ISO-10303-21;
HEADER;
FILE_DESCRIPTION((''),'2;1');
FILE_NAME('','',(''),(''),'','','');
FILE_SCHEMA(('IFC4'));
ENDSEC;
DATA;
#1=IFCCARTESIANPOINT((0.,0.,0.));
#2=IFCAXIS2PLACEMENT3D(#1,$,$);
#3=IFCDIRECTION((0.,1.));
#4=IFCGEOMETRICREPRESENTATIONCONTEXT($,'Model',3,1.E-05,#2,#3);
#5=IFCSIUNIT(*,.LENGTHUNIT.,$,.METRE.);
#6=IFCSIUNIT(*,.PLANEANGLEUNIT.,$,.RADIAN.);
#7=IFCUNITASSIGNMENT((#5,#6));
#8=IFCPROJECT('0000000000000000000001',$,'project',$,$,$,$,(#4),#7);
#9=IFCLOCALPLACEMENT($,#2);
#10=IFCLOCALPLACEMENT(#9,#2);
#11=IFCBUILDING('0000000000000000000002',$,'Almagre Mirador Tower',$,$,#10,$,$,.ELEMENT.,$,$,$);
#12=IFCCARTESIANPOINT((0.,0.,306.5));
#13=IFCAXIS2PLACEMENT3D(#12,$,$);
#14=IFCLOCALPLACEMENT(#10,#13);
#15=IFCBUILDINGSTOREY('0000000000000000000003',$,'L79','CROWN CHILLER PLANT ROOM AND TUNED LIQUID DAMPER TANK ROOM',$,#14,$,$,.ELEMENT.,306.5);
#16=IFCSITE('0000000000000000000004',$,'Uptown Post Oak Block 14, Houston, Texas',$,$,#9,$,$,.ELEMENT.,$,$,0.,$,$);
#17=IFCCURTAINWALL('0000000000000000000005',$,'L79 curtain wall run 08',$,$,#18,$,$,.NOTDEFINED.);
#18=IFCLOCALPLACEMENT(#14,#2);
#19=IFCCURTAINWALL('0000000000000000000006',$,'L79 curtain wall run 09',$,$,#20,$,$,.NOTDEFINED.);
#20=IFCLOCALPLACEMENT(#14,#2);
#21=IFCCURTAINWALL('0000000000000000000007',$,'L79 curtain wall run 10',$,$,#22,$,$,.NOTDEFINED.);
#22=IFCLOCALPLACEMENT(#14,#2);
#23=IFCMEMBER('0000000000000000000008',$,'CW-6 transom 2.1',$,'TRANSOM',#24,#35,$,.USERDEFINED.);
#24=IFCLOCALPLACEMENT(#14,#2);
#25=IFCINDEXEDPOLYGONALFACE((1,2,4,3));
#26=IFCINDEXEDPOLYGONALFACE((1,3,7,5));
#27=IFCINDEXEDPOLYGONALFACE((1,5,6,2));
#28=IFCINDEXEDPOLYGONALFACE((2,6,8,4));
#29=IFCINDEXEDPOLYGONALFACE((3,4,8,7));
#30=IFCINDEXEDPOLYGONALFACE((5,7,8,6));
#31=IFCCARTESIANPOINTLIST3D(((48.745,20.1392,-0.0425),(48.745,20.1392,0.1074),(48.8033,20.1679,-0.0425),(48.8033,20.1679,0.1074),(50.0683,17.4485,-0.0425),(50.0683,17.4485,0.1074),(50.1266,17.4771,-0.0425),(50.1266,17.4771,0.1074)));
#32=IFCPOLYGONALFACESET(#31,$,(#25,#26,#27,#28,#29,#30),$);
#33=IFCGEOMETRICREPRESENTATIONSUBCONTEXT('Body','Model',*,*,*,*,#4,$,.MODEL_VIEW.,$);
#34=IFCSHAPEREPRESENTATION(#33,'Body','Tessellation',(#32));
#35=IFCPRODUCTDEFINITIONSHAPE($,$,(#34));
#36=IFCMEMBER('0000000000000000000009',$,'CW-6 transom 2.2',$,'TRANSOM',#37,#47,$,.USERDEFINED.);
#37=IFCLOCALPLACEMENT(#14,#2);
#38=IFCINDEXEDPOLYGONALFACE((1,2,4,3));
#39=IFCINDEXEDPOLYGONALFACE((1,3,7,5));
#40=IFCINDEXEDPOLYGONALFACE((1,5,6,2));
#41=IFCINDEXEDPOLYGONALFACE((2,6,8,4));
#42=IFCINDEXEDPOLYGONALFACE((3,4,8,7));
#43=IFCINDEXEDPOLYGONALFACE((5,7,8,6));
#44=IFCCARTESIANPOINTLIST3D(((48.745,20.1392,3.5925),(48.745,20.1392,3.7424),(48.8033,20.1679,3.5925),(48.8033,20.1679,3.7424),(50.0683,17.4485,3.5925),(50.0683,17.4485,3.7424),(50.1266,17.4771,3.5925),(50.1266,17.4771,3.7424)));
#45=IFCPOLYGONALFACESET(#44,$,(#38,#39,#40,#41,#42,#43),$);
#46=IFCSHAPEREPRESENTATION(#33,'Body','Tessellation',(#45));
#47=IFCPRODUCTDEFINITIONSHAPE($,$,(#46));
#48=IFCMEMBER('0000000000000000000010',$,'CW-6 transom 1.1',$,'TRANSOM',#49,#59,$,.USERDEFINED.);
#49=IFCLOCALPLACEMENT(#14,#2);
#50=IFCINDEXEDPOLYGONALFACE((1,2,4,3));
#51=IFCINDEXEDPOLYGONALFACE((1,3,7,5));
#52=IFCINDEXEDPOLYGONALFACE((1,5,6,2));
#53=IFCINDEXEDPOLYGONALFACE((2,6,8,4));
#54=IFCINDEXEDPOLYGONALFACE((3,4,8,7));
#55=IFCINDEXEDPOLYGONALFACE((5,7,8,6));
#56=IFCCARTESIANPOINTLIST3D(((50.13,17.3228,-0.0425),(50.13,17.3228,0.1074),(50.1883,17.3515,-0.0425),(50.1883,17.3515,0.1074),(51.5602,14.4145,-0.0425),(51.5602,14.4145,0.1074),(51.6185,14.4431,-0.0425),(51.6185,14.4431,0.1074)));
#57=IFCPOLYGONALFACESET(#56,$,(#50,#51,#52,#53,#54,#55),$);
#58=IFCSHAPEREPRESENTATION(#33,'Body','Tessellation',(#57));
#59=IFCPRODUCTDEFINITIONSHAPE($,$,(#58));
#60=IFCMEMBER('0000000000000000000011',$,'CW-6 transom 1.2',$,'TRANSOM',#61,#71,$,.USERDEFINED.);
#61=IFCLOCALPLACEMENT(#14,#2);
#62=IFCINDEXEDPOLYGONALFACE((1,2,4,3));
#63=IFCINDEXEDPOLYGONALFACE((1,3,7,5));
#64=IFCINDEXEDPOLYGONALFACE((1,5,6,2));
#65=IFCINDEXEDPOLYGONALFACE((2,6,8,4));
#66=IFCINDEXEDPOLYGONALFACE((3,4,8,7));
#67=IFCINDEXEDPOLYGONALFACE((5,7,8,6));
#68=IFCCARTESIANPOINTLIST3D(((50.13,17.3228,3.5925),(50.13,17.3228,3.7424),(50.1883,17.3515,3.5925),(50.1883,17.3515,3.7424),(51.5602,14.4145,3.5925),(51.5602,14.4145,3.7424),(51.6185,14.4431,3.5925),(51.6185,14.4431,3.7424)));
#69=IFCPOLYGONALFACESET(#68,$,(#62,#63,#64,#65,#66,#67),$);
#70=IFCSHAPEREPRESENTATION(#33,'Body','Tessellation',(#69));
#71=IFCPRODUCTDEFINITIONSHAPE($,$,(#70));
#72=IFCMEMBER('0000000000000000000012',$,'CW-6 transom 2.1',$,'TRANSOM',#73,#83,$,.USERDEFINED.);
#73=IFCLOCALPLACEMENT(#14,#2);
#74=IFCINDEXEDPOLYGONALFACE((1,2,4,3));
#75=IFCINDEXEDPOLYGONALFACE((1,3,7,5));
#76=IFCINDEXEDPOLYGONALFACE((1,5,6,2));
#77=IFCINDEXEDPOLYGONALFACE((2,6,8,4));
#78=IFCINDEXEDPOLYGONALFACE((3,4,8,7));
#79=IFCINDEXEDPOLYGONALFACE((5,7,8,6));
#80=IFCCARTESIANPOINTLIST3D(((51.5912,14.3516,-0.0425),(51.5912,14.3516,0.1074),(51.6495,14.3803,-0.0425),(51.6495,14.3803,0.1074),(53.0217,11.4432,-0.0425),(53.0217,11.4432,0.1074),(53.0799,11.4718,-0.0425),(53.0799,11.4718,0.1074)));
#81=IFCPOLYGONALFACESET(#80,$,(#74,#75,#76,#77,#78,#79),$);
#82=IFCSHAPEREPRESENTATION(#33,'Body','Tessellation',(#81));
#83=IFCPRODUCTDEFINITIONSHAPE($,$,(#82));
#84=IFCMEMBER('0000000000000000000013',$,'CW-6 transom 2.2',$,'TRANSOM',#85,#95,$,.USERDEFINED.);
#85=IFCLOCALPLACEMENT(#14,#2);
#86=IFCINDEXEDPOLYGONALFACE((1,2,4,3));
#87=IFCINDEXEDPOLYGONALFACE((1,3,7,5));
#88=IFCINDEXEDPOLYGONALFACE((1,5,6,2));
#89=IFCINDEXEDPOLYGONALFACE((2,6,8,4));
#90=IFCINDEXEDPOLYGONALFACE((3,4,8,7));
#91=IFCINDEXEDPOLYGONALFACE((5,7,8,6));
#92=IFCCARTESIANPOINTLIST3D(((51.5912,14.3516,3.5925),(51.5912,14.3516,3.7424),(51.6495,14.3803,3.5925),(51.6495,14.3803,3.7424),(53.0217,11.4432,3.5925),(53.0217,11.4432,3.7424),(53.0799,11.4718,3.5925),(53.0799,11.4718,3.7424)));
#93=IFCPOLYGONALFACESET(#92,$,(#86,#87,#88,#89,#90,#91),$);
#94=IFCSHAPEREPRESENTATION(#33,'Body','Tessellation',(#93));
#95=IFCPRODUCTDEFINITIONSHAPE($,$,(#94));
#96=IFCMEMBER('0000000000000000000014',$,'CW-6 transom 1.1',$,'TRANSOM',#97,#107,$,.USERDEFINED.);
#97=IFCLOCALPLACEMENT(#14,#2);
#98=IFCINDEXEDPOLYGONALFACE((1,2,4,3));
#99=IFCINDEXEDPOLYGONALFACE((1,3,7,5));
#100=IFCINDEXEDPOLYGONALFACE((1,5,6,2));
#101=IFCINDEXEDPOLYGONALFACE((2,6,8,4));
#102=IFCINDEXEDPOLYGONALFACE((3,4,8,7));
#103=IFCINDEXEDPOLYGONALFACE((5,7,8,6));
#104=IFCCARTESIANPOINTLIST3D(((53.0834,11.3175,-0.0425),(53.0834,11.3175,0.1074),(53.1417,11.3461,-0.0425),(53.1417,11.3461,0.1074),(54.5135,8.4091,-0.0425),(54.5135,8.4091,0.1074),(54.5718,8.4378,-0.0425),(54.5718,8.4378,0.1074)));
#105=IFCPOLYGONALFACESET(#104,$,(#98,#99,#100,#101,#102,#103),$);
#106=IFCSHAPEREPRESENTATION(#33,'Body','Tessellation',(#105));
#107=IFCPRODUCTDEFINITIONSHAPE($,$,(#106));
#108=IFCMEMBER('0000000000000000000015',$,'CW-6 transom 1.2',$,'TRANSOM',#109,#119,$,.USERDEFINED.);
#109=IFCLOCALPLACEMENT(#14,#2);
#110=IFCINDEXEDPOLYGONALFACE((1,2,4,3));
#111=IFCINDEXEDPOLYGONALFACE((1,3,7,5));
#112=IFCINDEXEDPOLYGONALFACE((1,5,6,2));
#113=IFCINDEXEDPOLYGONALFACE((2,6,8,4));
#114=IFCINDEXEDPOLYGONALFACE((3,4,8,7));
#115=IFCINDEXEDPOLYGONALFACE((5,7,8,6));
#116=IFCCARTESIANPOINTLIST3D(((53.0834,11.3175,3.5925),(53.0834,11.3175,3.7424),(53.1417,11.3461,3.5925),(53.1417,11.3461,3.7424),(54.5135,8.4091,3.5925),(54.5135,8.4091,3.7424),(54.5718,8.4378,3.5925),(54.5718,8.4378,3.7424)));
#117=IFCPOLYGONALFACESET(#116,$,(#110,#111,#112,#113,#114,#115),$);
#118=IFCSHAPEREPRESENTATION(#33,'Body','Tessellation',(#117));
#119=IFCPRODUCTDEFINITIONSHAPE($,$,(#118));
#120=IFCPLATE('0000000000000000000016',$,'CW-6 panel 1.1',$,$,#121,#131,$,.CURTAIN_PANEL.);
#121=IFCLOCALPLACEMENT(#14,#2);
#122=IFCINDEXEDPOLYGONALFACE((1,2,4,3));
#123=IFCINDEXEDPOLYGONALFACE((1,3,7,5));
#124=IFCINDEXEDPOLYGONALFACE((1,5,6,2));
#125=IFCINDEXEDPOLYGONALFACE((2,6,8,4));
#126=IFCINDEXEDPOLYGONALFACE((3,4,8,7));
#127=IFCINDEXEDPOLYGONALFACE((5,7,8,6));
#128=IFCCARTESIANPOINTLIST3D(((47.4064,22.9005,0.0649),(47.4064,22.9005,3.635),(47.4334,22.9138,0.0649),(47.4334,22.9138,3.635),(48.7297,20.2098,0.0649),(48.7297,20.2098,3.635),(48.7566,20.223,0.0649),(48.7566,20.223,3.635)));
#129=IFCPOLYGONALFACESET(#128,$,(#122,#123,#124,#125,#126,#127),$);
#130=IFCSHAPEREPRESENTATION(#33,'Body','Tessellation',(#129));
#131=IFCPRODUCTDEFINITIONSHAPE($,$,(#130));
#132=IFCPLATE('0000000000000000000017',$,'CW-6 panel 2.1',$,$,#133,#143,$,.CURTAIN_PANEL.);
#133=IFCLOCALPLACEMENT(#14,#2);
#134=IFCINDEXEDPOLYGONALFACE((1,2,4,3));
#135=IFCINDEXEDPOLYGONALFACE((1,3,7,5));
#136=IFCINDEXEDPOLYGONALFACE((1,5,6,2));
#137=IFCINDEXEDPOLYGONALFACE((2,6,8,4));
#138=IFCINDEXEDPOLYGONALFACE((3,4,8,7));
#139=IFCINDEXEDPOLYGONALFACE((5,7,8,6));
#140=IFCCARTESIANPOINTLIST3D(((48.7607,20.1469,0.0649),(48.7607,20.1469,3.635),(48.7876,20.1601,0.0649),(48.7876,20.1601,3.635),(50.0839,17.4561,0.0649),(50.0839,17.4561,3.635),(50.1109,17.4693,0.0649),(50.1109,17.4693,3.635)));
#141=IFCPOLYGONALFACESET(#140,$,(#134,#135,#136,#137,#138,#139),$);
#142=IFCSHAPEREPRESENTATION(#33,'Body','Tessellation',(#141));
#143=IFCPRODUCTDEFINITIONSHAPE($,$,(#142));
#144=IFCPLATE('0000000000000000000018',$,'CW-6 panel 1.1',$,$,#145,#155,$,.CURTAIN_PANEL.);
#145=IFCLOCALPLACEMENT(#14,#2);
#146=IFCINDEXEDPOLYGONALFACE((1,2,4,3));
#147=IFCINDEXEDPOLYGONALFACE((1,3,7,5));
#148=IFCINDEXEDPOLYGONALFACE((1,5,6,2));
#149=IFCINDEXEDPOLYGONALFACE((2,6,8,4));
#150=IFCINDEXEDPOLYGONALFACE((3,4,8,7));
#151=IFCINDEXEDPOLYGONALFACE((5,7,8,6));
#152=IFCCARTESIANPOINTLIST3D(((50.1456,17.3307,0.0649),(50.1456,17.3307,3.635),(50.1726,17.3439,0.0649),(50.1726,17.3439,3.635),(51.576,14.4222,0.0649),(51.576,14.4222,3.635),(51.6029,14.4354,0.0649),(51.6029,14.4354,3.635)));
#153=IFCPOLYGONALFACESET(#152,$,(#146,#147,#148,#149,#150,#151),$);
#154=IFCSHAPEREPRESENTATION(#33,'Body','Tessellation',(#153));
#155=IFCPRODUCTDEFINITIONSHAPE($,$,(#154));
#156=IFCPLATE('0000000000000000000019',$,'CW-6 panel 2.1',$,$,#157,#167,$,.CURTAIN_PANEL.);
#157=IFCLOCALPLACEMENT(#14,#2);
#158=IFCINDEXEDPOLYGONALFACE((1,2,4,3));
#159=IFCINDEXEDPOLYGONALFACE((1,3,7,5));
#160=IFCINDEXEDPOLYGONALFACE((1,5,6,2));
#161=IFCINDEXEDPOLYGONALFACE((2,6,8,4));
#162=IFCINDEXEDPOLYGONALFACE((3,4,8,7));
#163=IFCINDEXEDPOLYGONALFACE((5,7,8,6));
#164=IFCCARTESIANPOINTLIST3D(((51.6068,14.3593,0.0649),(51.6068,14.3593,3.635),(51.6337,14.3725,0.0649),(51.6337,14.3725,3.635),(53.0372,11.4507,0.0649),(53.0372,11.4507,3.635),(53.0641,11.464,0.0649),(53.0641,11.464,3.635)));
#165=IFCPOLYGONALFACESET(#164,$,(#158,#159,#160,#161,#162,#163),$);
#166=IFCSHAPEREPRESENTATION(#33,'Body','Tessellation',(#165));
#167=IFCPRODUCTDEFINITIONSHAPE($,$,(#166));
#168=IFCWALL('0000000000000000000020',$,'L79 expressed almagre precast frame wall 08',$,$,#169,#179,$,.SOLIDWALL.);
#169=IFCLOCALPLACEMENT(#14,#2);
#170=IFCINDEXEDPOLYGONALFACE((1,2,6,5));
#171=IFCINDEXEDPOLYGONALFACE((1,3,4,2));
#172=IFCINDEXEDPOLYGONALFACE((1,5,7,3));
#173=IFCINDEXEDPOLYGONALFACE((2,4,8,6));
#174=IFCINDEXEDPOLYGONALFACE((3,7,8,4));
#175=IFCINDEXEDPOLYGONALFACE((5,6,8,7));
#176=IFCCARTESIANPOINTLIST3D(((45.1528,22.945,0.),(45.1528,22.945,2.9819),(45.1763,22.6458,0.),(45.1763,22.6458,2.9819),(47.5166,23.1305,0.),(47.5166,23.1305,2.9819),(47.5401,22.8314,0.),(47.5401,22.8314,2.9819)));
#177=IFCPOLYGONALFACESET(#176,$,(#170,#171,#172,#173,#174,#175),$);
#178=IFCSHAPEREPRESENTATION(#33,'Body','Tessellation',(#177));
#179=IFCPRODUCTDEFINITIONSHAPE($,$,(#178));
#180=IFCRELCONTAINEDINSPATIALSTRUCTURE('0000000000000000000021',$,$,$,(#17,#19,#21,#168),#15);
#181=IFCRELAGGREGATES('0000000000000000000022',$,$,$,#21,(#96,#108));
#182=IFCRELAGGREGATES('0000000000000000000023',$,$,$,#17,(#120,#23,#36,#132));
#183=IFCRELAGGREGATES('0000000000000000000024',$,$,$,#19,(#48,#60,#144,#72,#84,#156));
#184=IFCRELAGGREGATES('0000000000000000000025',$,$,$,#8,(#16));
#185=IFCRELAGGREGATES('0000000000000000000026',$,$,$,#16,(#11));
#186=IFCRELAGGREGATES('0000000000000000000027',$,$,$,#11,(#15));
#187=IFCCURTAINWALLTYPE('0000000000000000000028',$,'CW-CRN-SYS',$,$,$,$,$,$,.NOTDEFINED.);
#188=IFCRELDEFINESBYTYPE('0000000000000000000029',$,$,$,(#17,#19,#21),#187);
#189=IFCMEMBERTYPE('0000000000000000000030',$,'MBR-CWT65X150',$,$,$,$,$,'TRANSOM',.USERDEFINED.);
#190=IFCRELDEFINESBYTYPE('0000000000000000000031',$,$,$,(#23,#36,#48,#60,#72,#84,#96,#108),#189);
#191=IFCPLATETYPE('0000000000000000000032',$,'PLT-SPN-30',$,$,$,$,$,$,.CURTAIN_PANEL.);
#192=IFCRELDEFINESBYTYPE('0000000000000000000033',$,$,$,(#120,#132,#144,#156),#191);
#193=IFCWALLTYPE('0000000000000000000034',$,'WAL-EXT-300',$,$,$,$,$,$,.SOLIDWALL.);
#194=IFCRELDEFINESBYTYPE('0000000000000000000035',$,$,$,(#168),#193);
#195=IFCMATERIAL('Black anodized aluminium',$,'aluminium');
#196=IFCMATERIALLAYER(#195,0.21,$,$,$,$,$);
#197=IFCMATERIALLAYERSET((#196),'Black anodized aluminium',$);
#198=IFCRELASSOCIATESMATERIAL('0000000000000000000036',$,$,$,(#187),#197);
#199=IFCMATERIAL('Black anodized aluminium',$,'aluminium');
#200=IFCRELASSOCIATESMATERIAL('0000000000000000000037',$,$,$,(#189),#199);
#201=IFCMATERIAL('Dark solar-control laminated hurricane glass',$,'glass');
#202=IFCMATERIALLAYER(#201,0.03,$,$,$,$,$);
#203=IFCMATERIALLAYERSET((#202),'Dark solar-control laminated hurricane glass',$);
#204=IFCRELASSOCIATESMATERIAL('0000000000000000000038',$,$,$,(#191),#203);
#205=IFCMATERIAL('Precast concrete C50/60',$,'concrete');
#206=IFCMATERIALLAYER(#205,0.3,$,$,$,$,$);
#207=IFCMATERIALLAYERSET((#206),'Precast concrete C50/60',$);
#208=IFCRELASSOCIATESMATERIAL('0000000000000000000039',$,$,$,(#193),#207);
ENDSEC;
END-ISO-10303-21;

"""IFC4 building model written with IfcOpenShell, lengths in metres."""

from ifc_helpers import new_model, si_unit, direction, frame, frame_2d, origin, origin_2d, place, context, subcontext, project, spatial, rectangle, extrude, material, layer, layer_set, material_profile, profile_set, type_object, element, aggregate, save


model = new_model("IFC4")

# Units and contexts
model_context = context("Model", 3, precision=1e-05, world=origin(), true_north=direction((0.0, 1.0)))
body_context = subcontext(model_context, "Body", "Model", "MODEL_VIEW")
ifc_project = project(units=[si_unit("LENGTHUNIT", "METRE"), si_unit("PLANEANGLEUNIT", "RADIAN")], contexts=[model_context])

# Site, building, storey
site_placement = place(None, origin())
site = spatial("IfcSite", under=ifc_project, at=site_placement, Name="Uptown Post Oak Block 14, Houston, Texas", CompositionType="ELEMENT", RefElevation=0.0)
building_placement = place(site_placement, origin())
building = spatial("IfcBuilding", under=site, at=building_placement, Name="Almagre Mirador Tower", CompositionType="ELEMENT")
storey_placement = place(building_placement, frame((0.0, 0.0, 306.5)))
storey = spatial("IfcBuildingStorey", under=building, at=storey_placement, Name="L79", Description="CROWN CHILLER PLANT ROOM AND TUNED LIQUID DAMPER TANK ROOM", CompositionType="ELEMENT", Elevation=306.5)

# Curtain walls
ifc_material_1 = material(Name="Black anodized aluminium", Category="aluminium")
ifc_layer_1 = layer(ifc_material_1, 0.21)
ifc_layer_set_1 = layer_set([ifc_layer_1], Name="Black anodized aluminium")
curtain_wall_type = type_object("IfcCurtainWallType", Name="CW-CRN-SYS", PredefinedType="NOTDEFINED", material=ifc_layer_set_1)
curtain_wall_1_placement = place(storey_placement, origin())
curtain_wall_1 = element("IfcCurtainWall", 1, at=curtain_wall_1_placement, inside=storey, type_object=curtain_wall_type, Name="L79 curtain wall run 08", PredefinedType="NOTDEFINED")
curtain_wall_2_placement = place(storey_placement, origin())
curtain_wall_2 = element("IfcCurtainWall", 2, at=curtain_wall_2_placement, inside=storey, type_object=curtain_wall_type, Name="L79 curtain wall run 09", PredefinedType="NOTDEFINED")

# Curtain wall
curtain_wall_3_placement = place(storey_placement, origin())
curtain_wall_3 = element("IfcCurtainWall", 3, at=curtain_wall_3_placement, inside=storey, type_object=curtain_wall_type, Name="L79 curtain wall run 10", PredefinedType="NOTDEFINED")

# Members
ifc_material_2 = material(Name="Black anodized aluminium", Category="aluminium")
ifc_material_profile_1 = material_profile(ifc_material_2, rectangle(XDim=0.0649, YDim=0.1499, at=origin_2d()), Name="CWT65X150")
ifc_profile_set_1 = profile_set([ifc_material_profile_1], Name="Black anodized aluminium")
member_type_1 = type_object("IfcMemberType", Name="MBR-CWT65X150", ElementType="TRANSOM", PredefinedType="USERDEFINED", material=ifc_profile_set_1)
member_1_placement = place(storey_placement, frame((48.7742, 20.1536, 0.0325), z_axis=(0.441309, -0.897355, 0.0), x_axis=(0.897355, 0.441309, 0.0)))
member_1 = element("IfcMember", 4, at=member_1_placement, type_object=member_type_1, Name="CW-6 transom 2.1", ObjectType="TRANSOM", PredefinedType="USERDEFINED", context=body_context, shape_type="SweptSolid", body=[
    extrude(rectangle(XDim=0.0649, YDim=0.1499, at=origin_2d()), origin(), (0.0, 0.0, 1.0), 2.9985),
])
member_2_placement = place(storey_placement, frame((48.7742, 20.1536, 3.6675), z_axis=(0.441309, -0.897355, 0.0), x_axis=(0.897355, 0.441309, 0.0)))
member_2 = element("IfcMember", 5, at=member_2_placement, type_object=member_type_1, Name="CW-6 transom 2.2", ObjectType="TRANSOM", PredefinedType="USERDEFINED", context=body_context, shape_type="SweptSolid", body=[
    extrude(rectangle(XDim=0.0649, YDim=0.1499, at=origin_2d()), origin(), (0.0, 0.0, 1.0), 2.9985),
])
member_3_placement = place(storey_placement, frame((50.1592, 17.3372, 0.0325), z_axis=(0.441268, -0.897375, 0.0), x_axis=(0.897375, 0.441268, 0.0)))
member_3 = element("IfcMember", 6, at=member_3_placement, type_object=member_type_1, Name="CW-6 transom 1.1", ObjectType="TRANSOM", PredefinedType="USERDEFINED", context=body_context, shape_type="SweptSolid", body=[
    extrude(rectangle(XDim=0.0649, YDim=0.1499, at=origin_2d()), origin(), (0.0, 0.0, 1.0), 3.241),
])
member_4_placement = place(storey_placement, frame((50.1592, 17.3372, 3.6675), z_axis=(0.441268, -0.897375, 0.0), x_axis=(0.897375, 0.441268, 0.0)))
member_4 = element("IfcMember", 7, at=member_4_placement, type_object=member_type_1, Name="CW-6 transom 1.2", ObjectType="TRANSOM", PredefinedType="USERDEFINED", context=body_context, shape_type="SweptSolid", body=[
    extrude(rectangle(XDim=0.0649, YDim=0.1499, at=origin_2d()), origin(), (0.0, 0.0, 1.0), 3.241),
])
member_5_placement = place(storey_placement, frame((51.6204, 14.366, 0.0325), z_axis=(0.441329, -0.897346, 0.0), x_axis=(0.897346, 0.441329, 0.0)))
member_5 = element("IfcMember", 8, at=member_5_placement, type_object=member_type_1, Name="CW-6 transom 2.1", ObjectType="TRANSOM", PredefinedType="USERDEFINED", context=body_context, shape_type="SweptSolid", body=[
    extrude(rectangle(XDim=0.0649, YDim=0.1499, at=origin_2d()), origin(), (0.0, 0.0, 1.0), 3.2412),
])
member_6_placement = place(storey_placement, frame((51.6204, 14.366, 3.6675), z_axis=(0.441329, -0.897346, 0.0), x_axis=(0.897346, 0.441329, 0.0)))
member_6 = element("IfcMember", 9, at=member_6_placement, type_object=member_type_1, Name="CW-6 transom 2.2", ObjectType="TRANSOM", PredefinedType="USERDEFINED", context=body_context, shape_type="SweptSolid", body=[
    extrude(rectangle(XDim=0.0649, YDim=0.1499, at=origin_2d()), origin(), (0.0, 0.0, 1.0), 3.2412),
])
member_7_placement = place(storey_placement, frame((53.1125, 11.3318, 0.0325), z_axis=(0.441268, -0.897375, 0.0), x_axis=(0.897375, 0.441268, 0.0)))
member_7 = element("IfcMember", 10, at=member_7_placement, type_object=member_type_1, Name="CW-6 transom 1.1", ObjectType="TRANSOM", PredefinedType="USERDEFINED", context=body_context, shape_type="SweptSolid", body=[
    extrude(rectangle(XDim=0.0649, YDim=0.1499, at=origin_2d()), origin(), (0.0, 0.0, 1.0), 3.241),
])
member_8_placement = place(storey_placement, frame((53.1125, 11.3318, 3.6675), z_axis=(0.441268, -0.897375, 0.0), x_axis=(0.897375, 0.441268, 0.0)))
member_8 = element("IfcMember", 11, at=member_8_placement, type_object=member_type_1, Name="CW-6 transom 1.2", ObjectType="TRANSOM", PredefinedType="USERDEFINED", context=body_context, shape_type="SweptSolid", body=[
    extrude(rectangle(XDim=0.0649, YDim=0.1499, at=origin_2d()), origin(), (0.0, 0.0, 1.0), 3.241),
])
aggregate(curtain_wall_3, [member_7, member_8])

# Plates
ifc_material_3 = material(Name="Dark solar-control laminated hurricane glass", Category="glass")
ifc_layer_2 = layer(ifc_material_3, 0.03)
ifc_layer_set_2 = layer_set([ifc_layer_2], Name="Dark solar-control laminated hurricane glass")
plate_type = type_object("IfcPlateType", Name="PLT-SPN-30", PredefinedType="CURTAIN_PANEL", material=ifc_layer_set_2)
plate_1_placement = place(storey_placement, frame((48.0815, 21.5618, 0.0649), z_axis=(0.0, 0.0, 1.0), x_axis=(0.441301, -0.897359, 0.0)))
plate_1 = element("IfcPlate", 12, at=plate_1_placement, type_object=plate_type, Name="CW-6 panel 1.1", PredefinedType="CURTAIN_PANEL", context=body_context, shape_type="SweptSolid", body=[
    extrude(rectangle(XDim=2.9985, YDim=0.03, at=origin_2d()), origin(), (0.0, 0.0, 1.0), 3.5701),
])
plate_2_placement = place(storey_placement, frame((49.4358, 18.8081, 0.0649), z_axis=(0.0, 0.0, 1.0), x_axis=(0.441301, -0.897359, 0.0)))
plate_2 = element("IfcPlate", 13, at=plate_2_placement, type_object=plate_type, Name="CW-6 panel 2.1", PredefinedType="CURTAIN_PANEL", context=body_context, shape_type="SweptSolid", body=[
    extrude(rectangle(XDim=2.9985, YDim=0.03, at=origin_2d()), origin(), (0.0, 0.0, 1.0), 3.5701),
])
aggregate(curtain_wall_1, [plate_1, member_1, member_2, plate_2])
plate_3_placement = place(storey_placement, frame((50.8743, 15.8831, 0.0649), z_axis=(0.0, 0.0, 1.0), x_axis=(0.441311, -0.897354, 0.0)))
plate_3 = element("IfcPlate", 14, at=plate_3_placement, type_object=plate_type, Name="CW-6 panel 1.1", PredefinedType="CURTAIN_PANEL", context=body_context, shape_type="SweptSolid", body=[
    extrude(rectangle(XDim=3.2412, YDim=0.03, at=origin_2d()), origin(), (0.0, 0.0, 1.0), 3.5701),
])
plate_4_placement = place(storey_placement, frame((52.3354, 12.9116, 0.0649), z_axis=(0.0, 0.0, 1.0), x_axis=(0.441311, -0.897354, 0.0)))
plate_4 = element("IfcPlate", 15, at=plate_4_placement, type_object=plate_type, Name="CW-6 panel 2.1", PredefinedType="CURTAIN_PANEL", context=body_context, shape_type="SweptSolid", body=[
    extrude(rectangle(XDim=3.2412, YDim=0.03, at=origin_2d()), origin(), (0.0, 0.0, 1.0), 3.5701),
])
aggregate(curtain_wall_2, [member_3, member_4, plate_3, member_5, member_6, plate_4])

# Wall
ifc_material_4 = material(Name="Precast concrete C50/60", Category="concrete")
ifc_layer_3 = layer(ifc_material_4, 0.3)
ifc_layer_set_3 = layer_set([ifc_layer_3], Name="Precast concrete C50/60")
wall_type_1 = type_object("IfcWallType", Name="WAL-EXT-300", PredefinedType="SOLIDWALL", material=ifc_layer_set_3)
wall_1_placement = place(storey_placement, frame((45.1646, 22.7954, 0.0), z_axis=(0.0, 0.0, 1.0), x_axis=(0.996933, 0.078255, 0.0)))
element("IfcWall", 16, at=wall_1_placement, inside=storey, type_object=wall_type_1, Name="L79 expressed almagre precast frame wall 08", PredefinedType="SOLIDWALL", context=body_context, shape_type="SweptSolid", body=[
    extrude(rectangle(XDim=2.3711, YDim=0.3, at=frame_2d((1.1855, 0.0))), origin(), (0.0, 0.0, 1.0), 2.9819),
])

save(model, "model.ifc")
